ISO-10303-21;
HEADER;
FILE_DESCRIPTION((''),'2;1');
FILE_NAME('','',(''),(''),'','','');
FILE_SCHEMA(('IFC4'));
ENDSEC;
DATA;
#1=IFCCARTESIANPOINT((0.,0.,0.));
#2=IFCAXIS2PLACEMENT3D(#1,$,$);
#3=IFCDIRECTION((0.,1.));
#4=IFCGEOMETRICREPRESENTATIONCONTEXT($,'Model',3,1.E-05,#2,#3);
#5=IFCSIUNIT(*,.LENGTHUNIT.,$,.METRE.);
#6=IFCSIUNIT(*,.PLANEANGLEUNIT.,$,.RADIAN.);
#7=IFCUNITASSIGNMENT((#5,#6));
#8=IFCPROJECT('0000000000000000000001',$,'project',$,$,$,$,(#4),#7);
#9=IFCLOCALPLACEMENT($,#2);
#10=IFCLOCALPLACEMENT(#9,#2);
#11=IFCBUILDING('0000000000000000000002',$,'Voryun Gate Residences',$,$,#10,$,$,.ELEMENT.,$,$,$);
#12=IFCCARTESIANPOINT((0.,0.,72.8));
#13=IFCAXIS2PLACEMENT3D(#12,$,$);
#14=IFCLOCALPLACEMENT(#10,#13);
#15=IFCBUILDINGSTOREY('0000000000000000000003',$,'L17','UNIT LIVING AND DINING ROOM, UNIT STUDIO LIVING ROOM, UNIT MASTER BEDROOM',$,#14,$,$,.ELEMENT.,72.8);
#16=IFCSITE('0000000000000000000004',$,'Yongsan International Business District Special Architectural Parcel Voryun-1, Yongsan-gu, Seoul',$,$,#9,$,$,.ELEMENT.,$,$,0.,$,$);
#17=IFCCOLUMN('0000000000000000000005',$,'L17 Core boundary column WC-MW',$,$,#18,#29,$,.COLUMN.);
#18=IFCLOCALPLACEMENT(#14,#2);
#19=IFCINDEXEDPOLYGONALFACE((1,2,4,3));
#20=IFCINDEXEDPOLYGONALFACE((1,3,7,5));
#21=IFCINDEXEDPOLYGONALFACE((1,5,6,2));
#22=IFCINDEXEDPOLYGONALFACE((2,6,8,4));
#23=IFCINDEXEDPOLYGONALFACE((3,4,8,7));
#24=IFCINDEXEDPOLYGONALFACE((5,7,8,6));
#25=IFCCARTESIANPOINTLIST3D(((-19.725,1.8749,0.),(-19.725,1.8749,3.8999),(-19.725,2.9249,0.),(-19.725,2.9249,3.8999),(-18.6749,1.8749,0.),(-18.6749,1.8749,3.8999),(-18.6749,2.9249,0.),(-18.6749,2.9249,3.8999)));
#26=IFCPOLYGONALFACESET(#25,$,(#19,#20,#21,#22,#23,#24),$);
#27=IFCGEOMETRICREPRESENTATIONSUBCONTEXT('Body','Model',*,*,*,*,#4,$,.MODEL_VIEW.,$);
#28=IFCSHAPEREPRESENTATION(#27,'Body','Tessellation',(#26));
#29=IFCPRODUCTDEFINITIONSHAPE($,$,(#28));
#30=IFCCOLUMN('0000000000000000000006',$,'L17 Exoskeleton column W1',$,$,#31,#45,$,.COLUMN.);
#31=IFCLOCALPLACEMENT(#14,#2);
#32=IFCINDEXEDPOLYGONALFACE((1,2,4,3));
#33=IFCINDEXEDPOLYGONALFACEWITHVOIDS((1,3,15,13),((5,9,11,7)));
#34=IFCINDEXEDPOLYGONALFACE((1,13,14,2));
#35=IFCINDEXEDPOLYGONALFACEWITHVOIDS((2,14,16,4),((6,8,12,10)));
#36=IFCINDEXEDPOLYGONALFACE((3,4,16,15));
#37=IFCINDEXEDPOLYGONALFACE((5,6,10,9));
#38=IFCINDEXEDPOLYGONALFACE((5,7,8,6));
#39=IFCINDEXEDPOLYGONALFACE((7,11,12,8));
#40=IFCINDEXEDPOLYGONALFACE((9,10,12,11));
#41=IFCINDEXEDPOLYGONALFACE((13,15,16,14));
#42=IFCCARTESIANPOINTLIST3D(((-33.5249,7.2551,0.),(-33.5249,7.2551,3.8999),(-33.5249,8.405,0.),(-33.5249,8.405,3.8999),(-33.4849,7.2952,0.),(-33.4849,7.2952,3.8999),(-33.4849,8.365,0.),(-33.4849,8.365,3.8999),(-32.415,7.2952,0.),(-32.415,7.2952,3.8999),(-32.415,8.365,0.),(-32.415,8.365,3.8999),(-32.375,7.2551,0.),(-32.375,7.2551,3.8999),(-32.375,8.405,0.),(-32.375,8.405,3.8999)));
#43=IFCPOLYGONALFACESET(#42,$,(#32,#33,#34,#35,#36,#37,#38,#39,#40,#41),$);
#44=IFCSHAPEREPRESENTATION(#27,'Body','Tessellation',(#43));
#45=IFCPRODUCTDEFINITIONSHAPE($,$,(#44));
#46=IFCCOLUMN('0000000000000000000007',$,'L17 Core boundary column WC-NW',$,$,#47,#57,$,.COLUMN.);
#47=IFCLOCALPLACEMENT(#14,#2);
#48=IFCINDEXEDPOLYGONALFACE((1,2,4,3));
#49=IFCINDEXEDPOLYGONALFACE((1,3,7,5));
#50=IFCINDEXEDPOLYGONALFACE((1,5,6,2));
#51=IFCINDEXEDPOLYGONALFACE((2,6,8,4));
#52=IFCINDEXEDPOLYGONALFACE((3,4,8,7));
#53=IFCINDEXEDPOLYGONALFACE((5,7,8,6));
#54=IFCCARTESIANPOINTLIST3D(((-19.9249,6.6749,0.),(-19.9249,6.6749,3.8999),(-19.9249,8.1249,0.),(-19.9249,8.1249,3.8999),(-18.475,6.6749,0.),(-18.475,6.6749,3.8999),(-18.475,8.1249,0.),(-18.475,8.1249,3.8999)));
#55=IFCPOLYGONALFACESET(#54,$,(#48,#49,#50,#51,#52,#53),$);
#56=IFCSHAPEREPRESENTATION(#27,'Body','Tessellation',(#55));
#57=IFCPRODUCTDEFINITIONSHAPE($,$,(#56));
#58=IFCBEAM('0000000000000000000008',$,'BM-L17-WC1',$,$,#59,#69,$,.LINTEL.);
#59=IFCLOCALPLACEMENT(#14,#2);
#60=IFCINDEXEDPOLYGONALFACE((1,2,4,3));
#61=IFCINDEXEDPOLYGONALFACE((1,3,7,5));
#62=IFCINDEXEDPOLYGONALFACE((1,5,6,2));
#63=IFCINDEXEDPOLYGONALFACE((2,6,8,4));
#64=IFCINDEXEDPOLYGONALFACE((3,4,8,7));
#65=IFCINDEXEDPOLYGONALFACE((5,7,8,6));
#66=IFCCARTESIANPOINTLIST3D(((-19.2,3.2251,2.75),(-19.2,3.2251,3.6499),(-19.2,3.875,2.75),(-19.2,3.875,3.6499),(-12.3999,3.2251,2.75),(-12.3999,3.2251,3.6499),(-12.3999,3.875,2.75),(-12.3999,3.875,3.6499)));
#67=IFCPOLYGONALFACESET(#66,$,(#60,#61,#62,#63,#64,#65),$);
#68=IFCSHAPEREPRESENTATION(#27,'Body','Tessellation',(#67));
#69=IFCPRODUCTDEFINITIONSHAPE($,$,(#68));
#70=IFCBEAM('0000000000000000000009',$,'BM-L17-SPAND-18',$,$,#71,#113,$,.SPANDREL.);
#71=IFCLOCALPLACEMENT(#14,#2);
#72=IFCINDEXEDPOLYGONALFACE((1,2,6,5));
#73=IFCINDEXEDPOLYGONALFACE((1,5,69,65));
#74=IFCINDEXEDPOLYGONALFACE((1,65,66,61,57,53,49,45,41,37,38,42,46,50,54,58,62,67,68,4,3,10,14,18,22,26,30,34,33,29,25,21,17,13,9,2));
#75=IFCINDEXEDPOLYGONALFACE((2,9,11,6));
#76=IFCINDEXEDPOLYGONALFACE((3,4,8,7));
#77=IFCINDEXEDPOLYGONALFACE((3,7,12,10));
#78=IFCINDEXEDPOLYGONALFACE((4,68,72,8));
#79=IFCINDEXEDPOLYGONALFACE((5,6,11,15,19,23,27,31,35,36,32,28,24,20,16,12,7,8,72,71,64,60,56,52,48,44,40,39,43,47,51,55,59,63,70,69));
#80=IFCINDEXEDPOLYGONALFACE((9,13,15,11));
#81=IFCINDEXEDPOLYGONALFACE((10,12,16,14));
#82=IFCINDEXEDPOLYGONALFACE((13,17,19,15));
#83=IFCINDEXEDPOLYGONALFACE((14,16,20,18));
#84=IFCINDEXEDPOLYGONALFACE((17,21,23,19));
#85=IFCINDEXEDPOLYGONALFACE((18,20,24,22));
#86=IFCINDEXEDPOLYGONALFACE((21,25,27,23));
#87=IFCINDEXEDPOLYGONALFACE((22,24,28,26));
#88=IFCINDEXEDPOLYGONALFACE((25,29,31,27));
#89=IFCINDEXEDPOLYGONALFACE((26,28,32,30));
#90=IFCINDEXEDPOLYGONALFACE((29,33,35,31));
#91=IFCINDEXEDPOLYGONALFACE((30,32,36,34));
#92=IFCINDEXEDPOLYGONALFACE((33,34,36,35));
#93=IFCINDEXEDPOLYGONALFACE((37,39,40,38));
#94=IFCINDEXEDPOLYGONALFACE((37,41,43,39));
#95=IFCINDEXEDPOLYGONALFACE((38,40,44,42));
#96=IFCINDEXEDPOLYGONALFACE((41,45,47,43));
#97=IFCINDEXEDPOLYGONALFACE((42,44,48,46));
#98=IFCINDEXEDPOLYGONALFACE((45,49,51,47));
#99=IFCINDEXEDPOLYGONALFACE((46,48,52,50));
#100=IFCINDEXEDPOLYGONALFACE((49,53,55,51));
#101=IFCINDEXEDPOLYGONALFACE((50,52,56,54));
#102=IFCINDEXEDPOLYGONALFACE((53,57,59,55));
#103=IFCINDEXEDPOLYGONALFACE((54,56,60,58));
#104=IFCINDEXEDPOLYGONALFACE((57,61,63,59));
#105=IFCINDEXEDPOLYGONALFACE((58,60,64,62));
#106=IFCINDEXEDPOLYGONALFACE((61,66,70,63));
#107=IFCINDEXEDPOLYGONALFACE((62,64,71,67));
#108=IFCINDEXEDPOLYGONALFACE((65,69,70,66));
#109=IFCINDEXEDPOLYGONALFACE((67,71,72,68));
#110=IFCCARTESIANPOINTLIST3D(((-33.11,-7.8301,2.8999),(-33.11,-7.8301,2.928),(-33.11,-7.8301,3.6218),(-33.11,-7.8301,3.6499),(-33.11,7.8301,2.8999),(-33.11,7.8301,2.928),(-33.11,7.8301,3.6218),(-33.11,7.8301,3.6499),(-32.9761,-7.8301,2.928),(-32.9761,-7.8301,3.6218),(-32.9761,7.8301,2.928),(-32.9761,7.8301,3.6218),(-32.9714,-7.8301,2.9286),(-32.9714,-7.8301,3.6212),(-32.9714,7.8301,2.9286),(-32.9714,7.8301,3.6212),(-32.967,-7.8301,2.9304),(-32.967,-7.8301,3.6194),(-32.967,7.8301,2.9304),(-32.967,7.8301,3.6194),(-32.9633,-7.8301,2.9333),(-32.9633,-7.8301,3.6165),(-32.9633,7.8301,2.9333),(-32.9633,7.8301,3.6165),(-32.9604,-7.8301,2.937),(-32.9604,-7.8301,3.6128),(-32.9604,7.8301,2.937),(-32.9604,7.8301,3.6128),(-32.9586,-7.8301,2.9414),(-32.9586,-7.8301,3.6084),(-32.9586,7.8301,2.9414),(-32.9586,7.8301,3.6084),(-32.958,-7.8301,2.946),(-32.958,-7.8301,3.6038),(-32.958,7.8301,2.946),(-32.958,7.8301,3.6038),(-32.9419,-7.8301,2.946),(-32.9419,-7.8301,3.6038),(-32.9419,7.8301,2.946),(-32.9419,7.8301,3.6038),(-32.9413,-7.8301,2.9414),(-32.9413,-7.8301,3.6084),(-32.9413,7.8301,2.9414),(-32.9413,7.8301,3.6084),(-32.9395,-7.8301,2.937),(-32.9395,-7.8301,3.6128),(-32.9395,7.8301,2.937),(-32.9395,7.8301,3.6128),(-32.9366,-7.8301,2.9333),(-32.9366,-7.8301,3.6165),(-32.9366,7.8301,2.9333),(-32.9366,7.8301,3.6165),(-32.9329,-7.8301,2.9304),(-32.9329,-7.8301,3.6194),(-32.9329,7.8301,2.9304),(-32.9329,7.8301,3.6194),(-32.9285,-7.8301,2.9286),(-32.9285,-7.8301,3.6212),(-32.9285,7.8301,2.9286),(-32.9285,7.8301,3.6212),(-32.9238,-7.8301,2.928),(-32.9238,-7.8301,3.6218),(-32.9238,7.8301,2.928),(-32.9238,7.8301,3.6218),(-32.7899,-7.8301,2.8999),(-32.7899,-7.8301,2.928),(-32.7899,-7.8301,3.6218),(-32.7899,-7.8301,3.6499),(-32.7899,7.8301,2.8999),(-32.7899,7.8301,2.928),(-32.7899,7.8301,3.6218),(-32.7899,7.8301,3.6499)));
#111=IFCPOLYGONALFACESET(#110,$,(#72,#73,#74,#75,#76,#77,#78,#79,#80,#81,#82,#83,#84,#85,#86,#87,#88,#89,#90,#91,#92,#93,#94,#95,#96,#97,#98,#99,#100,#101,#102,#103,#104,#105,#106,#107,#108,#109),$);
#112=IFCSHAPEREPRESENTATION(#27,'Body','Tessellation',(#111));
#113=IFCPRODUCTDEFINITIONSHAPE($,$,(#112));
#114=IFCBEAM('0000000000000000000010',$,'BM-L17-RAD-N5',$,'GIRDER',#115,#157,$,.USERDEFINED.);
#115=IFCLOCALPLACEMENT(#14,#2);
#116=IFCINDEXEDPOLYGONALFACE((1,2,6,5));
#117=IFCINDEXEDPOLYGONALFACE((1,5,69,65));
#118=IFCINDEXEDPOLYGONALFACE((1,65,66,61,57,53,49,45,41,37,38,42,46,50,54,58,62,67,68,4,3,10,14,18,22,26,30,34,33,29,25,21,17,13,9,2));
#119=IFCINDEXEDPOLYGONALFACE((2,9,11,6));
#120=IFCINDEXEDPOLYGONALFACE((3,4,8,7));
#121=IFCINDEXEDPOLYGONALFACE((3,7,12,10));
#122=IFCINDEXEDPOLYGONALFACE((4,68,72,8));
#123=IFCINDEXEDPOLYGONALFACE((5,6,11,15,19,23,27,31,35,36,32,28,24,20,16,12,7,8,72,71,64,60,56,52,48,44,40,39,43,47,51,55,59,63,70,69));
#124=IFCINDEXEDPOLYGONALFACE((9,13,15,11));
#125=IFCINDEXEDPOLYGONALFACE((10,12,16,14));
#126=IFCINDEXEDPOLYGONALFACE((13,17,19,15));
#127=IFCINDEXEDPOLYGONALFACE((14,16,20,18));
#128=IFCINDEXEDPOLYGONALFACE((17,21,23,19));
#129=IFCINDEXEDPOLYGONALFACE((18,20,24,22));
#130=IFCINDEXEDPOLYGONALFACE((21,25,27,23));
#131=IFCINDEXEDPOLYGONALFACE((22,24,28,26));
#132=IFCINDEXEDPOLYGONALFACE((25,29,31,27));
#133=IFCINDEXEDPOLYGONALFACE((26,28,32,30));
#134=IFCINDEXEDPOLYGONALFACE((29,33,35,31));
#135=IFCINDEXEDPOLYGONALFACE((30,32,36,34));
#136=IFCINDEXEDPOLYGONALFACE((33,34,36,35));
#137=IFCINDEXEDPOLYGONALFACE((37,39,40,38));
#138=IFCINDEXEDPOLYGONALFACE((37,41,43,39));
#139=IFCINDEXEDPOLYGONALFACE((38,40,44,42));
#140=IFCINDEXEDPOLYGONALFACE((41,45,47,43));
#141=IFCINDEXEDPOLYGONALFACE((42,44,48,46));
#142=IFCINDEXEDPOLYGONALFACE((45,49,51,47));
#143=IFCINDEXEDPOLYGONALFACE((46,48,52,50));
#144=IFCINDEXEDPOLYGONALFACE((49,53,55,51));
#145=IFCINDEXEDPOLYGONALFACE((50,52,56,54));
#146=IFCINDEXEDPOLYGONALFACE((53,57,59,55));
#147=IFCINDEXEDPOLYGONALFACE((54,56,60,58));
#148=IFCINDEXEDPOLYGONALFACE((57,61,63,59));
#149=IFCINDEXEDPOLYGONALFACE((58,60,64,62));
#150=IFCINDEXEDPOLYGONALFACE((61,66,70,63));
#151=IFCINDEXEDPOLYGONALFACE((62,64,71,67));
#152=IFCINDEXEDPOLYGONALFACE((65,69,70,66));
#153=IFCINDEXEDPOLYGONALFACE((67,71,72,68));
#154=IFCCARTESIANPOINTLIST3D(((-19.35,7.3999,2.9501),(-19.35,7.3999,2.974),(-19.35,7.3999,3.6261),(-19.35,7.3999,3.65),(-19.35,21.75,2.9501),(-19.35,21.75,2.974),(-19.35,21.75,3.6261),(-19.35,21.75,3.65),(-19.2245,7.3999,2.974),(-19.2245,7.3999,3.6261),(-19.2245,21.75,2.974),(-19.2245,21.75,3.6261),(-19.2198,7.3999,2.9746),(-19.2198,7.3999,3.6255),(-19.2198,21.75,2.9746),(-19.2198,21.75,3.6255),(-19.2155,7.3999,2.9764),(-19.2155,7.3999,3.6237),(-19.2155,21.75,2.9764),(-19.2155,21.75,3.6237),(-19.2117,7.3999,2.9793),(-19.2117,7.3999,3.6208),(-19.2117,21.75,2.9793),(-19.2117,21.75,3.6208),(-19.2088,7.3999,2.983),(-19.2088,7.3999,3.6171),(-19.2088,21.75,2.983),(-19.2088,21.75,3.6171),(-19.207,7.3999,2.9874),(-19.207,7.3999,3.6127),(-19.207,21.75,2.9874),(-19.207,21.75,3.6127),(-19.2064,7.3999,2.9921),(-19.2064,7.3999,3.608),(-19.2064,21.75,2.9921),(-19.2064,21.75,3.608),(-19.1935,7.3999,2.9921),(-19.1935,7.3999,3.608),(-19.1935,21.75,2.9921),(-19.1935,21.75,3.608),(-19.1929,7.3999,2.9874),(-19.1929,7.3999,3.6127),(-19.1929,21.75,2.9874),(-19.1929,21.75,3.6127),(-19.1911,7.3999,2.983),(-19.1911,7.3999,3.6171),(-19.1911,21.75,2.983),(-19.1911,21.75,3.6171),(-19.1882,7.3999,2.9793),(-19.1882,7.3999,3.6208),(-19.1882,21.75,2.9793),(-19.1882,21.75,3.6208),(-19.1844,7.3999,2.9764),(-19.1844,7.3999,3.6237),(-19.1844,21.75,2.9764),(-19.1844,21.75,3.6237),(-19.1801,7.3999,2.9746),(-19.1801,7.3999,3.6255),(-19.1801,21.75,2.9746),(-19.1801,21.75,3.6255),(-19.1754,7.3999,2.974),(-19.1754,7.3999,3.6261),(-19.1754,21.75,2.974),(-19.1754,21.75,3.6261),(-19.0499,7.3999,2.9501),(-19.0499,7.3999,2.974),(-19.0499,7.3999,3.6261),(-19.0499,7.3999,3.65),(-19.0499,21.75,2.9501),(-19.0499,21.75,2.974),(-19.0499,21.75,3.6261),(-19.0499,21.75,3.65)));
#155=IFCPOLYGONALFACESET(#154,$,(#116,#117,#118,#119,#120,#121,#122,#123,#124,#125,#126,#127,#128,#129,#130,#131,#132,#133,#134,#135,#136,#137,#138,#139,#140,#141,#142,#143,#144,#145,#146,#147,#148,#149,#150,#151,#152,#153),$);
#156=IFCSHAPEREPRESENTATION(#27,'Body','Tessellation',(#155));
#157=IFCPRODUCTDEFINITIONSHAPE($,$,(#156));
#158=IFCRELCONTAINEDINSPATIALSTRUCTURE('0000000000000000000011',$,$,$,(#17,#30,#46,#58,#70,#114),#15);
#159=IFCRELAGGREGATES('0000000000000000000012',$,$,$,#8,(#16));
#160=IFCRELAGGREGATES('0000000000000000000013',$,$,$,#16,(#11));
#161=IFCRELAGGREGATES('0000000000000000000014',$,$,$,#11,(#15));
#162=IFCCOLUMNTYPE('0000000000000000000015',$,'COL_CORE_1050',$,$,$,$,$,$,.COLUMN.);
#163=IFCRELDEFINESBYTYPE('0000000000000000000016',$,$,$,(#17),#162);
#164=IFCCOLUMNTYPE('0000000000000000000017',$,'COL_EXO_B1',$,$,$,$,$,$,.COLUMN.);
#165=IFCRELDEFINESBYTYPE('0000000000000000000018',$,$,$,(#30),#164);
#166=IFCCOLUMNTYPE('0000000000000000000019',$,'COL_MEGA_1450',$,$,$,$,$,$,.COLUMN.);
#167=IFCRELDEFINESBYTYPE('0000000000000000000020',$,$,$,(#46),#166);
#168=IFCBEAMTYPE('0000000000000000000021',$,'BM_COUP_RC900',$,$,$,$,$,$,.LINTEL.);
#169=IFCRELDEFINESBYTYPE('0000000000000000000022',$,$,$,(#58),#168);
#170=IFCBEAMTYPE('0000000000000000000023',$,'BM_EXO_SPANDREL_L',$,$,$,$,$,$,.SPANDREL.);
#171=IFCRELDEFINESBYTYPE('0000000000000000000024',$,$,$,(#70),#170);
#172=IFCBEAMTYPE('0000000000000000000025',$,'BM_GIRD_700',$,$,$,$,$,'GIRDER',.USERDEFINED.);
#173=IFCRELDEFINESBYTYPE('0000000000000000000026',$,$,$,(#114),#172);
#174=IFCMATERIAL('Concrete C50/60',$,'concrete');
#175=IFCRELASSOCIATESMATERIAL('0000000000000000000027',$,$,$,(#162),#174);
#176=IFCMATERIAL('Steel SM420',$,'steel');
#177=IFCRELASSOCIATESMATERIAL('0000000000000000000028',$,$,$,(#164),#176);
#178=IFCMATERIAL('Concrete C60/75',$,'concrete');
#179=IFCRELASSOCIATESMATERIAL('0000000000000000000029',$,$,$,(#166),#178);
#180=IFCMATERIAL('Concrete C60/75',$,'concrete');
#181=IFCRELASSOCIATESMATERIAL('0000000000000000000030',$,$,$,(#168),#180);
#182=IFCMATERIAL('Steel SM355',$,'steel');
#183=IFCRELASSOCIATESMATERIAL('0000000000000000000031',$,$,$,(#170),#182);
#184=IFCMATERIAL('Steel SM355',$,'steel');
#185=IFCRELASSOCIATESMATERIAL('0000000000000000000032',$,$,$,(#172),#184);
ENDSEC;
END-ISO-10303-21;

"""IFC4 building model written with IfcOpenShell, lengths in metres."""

from ifc_helpers import new_model, si_unit, direction, frame, origin, origin_2d, place, context, subcontext, project, spatial, rectangle, hollow_rectangle, i_section, extrude, material, material_profile, profile_set, type_object, element, save


model = new_model("IFC4")

# Units and contexts
model_context = context("Model", 3, precision=1e-05, world=origin(), true_north=direction((0.0, 1.0)))
body_context = subcontext(model_context, "Body", "Model", "MODEL_VIEW")
ifc_project = project(units=[si_unit("LENGTHUNIT", "METRE"), si_unit("PLANEANGLEUNIT", "RADIAN")], contexts=[model_context])

# Site, building, storey
site_placement = place(None, origin())
site = spatial("IfcSite", under=ifc_project, at=site_placement, Name="Yongsan International Business District Special Architectural Parcel Voryun-1, Yongsan-gu, Seoul", CompositionType="ELEMENT", RefElevation=0.0)
building_placement = place(site_placement, origin())
building = spatial("IfcBuilding", under=site, at=building_placement, Name="Voryun Gate Residences", CompositionType="ELEMENT")
storey_placement = place(building_placement, frame((0.0, 0.0, 72.8)))
storey = spatial("IfcBuildingStorey", under=building, at=storey_placement, Name="L17", Description="UNIT LIVING AND DINING ROOM, UNIT STUDIO LIVING ROOM, UNIT MASTER BEDROOM", CompositionType="ELEMENT", Elevation=72.8)

# Columns
ifc_material_1 = material(Name="Concrete C50/60", Category="concrete")
ifc_material_profile_1 = material_profile(ifc_material_1, rectangle(XDim=1.05, YDim=1.05, at=origin_2d()), Name="RC-1050x1050")
ifc_profile_set_1 = profile_set([ifc_material_profile_1], Name="Concrete C50/60")
column_type_1 = type_object("IfcColumnType", Name="COL_CORE_1050", PredefinedType="COLUMN", material=ifc_profile_set_1)
column_1_placement = place(storey_placement, frame((-19.2, 2.3999, 0.0), z_axis=(0.0, 0.0, 1.0), x_axis=(1.0, 0.0, 0.0)))
element("IfcColumn", 1, at=column_1_placement, inside=storey, type_object=column_type_1, Name="L17 Core boundary column WC-MW", PredefinedType="COLUMN", context=body_context, shape_type="SweptSolid", body=[
    extrude(rectangle(XDim=1.05, YDim=1.05, at=origin_2d()), origin(), (0.0, 0.0, 1.0), 3.8999),
])
ifc_material_2 = material(Name="Steel SM420", Category="steel")
ifc_material_profile_2 = material_profile(ifc_material_2, hollow_rectangle(XDim=1.1499, YDim=1.1499, WallThickness=0.04, at=origin_2d()), Name="BOX-1150x1150x40")
ifc_profile_set_2 = profile_set([ifc_material_profile_2], Name="Steel SM420")
column_type_2 = type_object("IfcColumnType", Name="COL_EXO_B1", PredefinedType="COLUMN", material=ifc_profile_set_2)
column_2_placement = place(storey_placement, frame((-32.95, 7.8301, 0.0), z_axis=(0.0, 0.0, 1.0), x_axis=(1.0, 0.0, 0.0)))
element("IfcColumn", 2, at=column_2_placement, inside=storey, type_object=column_type_2, Name="L17 Exoskeleton column W1", PredefinedType="COLUMN", context=body_context, shape_type="SweptSolid", body=[
    extrude(hollow_rectangle(XDim=1.1499, YDim=1.1499, WallThickness=0.04, at=origin_2d()), origin(), (0.0, 0.0, 1.0), 3.8999),
])
ifc_material_3 = material(Name="Concrete C60/75", Category="concrete")
ifc_material_profile_3 = material_profile(ifc_material_3, rectangle(XDim=1.45, YDim=1.45, at=origin_2d()), Name="RC-1450x1450")
ifc_profile_set_3 = profile_set([ifc_material_profile_3], Name="Concrete C60/75")
column_type_3 = type_object("IfcColumnType", Name="COL_MEGA_1450", PredefinedType="COLUMN", material=ifc_profile_set_3)
column_3_placement = place(storey_placement, frame((-19.2, 7.3999, 0.0), z_axis=(0.0, 0.0, 1.0), x_axis=(1.0, 0.0, 0.0)))
element("IfcColumn", 3, at=column_3_placement, inside=storey, type_object=column_type_3, Name="L17 Core boundary column WC-NW", PredefinedType="COLUMN", context=body_context, shape_type="SweptSolid", body=[
    extrude(rectangle(XDim=1.45, YDim=1.45, at=origin_2d()), origin(), (0.0, 0.0, 1.0), 3.8999),
])

# Beams
ifc_material_4 = material(Name="Concrete C60/75", Category="concrete")
ifc_material_profile_4 = material_profile(ifc_material_4, rectangle(XDim=0.6499, YDim=0.8999, at=origin_2d()), Name="RC-650x900")
ifc_profile_set_4 = profile_set([ifc_material_profile_4], Name="Concrete C60/75")
beam_type_1 = type_object("IfcBeamType", Name="BM_COUP_RC900", PredefinedType="LINTEL", material=ifc_profile_set_4)
beam_1_placement = place(storey_placement, frame((-19.2, 3.55, 3.2), z_axis=(1.0, 0.0, 0.0), x_axis=(0.0, 1.0, 0.0)))
element("IfcBeam", 4, at=beam_1_placement, inside=storey, type_object=beam_type_1, Name="BM-L17-WC1", PredefinedType="LINTEL", context=body_context, shape_type="SweptSolid", body=[
    extrude(rectangle(XDim=0.6499, YDim=0.8999, at=origin_2d()), origin(), (0.0, 0.0, 1.0), 6.8),
])
ifc_material_5 = material(Name="Steel SM355", Category="steel")
ifc_material_profile_5 = material_profile(ifc_material_5, i_section(OverallWidth=0.3201, OverallDepth=0.75, WebThickness=0.0161, FlangeThickness=0.0281, FilletRadius=0.0181, at=origin_2d()), Name="H-750x320x16x28")
ifc_profile_set_5 = profile_set([ifc_material_profile_5], Name="Steel SM355")
beam_type_2 = type_object("IfcBeamType", Name="BM_EXO_SPANDREL_L", PredefinedType="SPANDREL", material=ifc_profile_set_5)
beam_2_placement = place(storey_placement, frame((-32.95, 7.8301, 3.2749), z_axis=(0.0, -1.0, 0.0), x_axis=(1.0, 0.0, 0.0)))
element("IfcBeam", 5, at=beam_2_placement, inside=storey, type_object=beam_type_2, Name="BM-L17-SPAND-18", PredefinedType="SPANDREL", context=body_context, shape_type="SweptSolid", body=[
    extrude(i_section(OverallWidth=0.3201, OverallDepth=0.75, WebThickness=0.0161, FlangeThickness=0.0281, FilletRadius=0.0181, at=origin_2d()), origin(), (0.0, 0.0, 1.0), 15.6602),
])
ifc_material_6 = material(Name="Steel SM355", Category="steel")
ifc_material_profile_6 = material_profile(ifc_material_6, i_section(OverallWidth=0.3, OverallDepth=0.7, WebThickness=0.0129, FlangeThickness=0.0239, FilletRadius=0.0181, at=origin_2d()), Name="H-700x300x13x24")
ifc_profile_set_6 = profile_set([ifc_material_profile_6], Name="Steel SM355")
beam_type_3 = type_object("IfcBeamType", Name="BM_GIRD_700", ElementType="GIRDER", PredefinedType="USERDEFINED", material=ifc_profile_set_6)
beam_3_placement = place(storey_placement, frame((-19.2, 7.3999, 3.3), z_axis=(0.0, 1.0, 0.0), x_axis=(-1.0, 0.0, 0.0)))
element("IfcBeam", 6, at=beam_3_placement, inside=storey, type_object=beam_type_3, Name="BM-L17-RAD-N5", ObjectType="GIRDER", PredefinedType="USERDEFINED", context=body_context, shape_type="SweptSolid", body=[
    extrude(i_section(OverallWidth=0.3, OverallDepth=0.7, WebThickness=0.0129, FlangeThickness=0.0239, FilletRadius=0.0181, at=origin_2d()), origin(), (0.0, 0.0, 1.0), 14.3501),
])

save(model, "model.ifc")
